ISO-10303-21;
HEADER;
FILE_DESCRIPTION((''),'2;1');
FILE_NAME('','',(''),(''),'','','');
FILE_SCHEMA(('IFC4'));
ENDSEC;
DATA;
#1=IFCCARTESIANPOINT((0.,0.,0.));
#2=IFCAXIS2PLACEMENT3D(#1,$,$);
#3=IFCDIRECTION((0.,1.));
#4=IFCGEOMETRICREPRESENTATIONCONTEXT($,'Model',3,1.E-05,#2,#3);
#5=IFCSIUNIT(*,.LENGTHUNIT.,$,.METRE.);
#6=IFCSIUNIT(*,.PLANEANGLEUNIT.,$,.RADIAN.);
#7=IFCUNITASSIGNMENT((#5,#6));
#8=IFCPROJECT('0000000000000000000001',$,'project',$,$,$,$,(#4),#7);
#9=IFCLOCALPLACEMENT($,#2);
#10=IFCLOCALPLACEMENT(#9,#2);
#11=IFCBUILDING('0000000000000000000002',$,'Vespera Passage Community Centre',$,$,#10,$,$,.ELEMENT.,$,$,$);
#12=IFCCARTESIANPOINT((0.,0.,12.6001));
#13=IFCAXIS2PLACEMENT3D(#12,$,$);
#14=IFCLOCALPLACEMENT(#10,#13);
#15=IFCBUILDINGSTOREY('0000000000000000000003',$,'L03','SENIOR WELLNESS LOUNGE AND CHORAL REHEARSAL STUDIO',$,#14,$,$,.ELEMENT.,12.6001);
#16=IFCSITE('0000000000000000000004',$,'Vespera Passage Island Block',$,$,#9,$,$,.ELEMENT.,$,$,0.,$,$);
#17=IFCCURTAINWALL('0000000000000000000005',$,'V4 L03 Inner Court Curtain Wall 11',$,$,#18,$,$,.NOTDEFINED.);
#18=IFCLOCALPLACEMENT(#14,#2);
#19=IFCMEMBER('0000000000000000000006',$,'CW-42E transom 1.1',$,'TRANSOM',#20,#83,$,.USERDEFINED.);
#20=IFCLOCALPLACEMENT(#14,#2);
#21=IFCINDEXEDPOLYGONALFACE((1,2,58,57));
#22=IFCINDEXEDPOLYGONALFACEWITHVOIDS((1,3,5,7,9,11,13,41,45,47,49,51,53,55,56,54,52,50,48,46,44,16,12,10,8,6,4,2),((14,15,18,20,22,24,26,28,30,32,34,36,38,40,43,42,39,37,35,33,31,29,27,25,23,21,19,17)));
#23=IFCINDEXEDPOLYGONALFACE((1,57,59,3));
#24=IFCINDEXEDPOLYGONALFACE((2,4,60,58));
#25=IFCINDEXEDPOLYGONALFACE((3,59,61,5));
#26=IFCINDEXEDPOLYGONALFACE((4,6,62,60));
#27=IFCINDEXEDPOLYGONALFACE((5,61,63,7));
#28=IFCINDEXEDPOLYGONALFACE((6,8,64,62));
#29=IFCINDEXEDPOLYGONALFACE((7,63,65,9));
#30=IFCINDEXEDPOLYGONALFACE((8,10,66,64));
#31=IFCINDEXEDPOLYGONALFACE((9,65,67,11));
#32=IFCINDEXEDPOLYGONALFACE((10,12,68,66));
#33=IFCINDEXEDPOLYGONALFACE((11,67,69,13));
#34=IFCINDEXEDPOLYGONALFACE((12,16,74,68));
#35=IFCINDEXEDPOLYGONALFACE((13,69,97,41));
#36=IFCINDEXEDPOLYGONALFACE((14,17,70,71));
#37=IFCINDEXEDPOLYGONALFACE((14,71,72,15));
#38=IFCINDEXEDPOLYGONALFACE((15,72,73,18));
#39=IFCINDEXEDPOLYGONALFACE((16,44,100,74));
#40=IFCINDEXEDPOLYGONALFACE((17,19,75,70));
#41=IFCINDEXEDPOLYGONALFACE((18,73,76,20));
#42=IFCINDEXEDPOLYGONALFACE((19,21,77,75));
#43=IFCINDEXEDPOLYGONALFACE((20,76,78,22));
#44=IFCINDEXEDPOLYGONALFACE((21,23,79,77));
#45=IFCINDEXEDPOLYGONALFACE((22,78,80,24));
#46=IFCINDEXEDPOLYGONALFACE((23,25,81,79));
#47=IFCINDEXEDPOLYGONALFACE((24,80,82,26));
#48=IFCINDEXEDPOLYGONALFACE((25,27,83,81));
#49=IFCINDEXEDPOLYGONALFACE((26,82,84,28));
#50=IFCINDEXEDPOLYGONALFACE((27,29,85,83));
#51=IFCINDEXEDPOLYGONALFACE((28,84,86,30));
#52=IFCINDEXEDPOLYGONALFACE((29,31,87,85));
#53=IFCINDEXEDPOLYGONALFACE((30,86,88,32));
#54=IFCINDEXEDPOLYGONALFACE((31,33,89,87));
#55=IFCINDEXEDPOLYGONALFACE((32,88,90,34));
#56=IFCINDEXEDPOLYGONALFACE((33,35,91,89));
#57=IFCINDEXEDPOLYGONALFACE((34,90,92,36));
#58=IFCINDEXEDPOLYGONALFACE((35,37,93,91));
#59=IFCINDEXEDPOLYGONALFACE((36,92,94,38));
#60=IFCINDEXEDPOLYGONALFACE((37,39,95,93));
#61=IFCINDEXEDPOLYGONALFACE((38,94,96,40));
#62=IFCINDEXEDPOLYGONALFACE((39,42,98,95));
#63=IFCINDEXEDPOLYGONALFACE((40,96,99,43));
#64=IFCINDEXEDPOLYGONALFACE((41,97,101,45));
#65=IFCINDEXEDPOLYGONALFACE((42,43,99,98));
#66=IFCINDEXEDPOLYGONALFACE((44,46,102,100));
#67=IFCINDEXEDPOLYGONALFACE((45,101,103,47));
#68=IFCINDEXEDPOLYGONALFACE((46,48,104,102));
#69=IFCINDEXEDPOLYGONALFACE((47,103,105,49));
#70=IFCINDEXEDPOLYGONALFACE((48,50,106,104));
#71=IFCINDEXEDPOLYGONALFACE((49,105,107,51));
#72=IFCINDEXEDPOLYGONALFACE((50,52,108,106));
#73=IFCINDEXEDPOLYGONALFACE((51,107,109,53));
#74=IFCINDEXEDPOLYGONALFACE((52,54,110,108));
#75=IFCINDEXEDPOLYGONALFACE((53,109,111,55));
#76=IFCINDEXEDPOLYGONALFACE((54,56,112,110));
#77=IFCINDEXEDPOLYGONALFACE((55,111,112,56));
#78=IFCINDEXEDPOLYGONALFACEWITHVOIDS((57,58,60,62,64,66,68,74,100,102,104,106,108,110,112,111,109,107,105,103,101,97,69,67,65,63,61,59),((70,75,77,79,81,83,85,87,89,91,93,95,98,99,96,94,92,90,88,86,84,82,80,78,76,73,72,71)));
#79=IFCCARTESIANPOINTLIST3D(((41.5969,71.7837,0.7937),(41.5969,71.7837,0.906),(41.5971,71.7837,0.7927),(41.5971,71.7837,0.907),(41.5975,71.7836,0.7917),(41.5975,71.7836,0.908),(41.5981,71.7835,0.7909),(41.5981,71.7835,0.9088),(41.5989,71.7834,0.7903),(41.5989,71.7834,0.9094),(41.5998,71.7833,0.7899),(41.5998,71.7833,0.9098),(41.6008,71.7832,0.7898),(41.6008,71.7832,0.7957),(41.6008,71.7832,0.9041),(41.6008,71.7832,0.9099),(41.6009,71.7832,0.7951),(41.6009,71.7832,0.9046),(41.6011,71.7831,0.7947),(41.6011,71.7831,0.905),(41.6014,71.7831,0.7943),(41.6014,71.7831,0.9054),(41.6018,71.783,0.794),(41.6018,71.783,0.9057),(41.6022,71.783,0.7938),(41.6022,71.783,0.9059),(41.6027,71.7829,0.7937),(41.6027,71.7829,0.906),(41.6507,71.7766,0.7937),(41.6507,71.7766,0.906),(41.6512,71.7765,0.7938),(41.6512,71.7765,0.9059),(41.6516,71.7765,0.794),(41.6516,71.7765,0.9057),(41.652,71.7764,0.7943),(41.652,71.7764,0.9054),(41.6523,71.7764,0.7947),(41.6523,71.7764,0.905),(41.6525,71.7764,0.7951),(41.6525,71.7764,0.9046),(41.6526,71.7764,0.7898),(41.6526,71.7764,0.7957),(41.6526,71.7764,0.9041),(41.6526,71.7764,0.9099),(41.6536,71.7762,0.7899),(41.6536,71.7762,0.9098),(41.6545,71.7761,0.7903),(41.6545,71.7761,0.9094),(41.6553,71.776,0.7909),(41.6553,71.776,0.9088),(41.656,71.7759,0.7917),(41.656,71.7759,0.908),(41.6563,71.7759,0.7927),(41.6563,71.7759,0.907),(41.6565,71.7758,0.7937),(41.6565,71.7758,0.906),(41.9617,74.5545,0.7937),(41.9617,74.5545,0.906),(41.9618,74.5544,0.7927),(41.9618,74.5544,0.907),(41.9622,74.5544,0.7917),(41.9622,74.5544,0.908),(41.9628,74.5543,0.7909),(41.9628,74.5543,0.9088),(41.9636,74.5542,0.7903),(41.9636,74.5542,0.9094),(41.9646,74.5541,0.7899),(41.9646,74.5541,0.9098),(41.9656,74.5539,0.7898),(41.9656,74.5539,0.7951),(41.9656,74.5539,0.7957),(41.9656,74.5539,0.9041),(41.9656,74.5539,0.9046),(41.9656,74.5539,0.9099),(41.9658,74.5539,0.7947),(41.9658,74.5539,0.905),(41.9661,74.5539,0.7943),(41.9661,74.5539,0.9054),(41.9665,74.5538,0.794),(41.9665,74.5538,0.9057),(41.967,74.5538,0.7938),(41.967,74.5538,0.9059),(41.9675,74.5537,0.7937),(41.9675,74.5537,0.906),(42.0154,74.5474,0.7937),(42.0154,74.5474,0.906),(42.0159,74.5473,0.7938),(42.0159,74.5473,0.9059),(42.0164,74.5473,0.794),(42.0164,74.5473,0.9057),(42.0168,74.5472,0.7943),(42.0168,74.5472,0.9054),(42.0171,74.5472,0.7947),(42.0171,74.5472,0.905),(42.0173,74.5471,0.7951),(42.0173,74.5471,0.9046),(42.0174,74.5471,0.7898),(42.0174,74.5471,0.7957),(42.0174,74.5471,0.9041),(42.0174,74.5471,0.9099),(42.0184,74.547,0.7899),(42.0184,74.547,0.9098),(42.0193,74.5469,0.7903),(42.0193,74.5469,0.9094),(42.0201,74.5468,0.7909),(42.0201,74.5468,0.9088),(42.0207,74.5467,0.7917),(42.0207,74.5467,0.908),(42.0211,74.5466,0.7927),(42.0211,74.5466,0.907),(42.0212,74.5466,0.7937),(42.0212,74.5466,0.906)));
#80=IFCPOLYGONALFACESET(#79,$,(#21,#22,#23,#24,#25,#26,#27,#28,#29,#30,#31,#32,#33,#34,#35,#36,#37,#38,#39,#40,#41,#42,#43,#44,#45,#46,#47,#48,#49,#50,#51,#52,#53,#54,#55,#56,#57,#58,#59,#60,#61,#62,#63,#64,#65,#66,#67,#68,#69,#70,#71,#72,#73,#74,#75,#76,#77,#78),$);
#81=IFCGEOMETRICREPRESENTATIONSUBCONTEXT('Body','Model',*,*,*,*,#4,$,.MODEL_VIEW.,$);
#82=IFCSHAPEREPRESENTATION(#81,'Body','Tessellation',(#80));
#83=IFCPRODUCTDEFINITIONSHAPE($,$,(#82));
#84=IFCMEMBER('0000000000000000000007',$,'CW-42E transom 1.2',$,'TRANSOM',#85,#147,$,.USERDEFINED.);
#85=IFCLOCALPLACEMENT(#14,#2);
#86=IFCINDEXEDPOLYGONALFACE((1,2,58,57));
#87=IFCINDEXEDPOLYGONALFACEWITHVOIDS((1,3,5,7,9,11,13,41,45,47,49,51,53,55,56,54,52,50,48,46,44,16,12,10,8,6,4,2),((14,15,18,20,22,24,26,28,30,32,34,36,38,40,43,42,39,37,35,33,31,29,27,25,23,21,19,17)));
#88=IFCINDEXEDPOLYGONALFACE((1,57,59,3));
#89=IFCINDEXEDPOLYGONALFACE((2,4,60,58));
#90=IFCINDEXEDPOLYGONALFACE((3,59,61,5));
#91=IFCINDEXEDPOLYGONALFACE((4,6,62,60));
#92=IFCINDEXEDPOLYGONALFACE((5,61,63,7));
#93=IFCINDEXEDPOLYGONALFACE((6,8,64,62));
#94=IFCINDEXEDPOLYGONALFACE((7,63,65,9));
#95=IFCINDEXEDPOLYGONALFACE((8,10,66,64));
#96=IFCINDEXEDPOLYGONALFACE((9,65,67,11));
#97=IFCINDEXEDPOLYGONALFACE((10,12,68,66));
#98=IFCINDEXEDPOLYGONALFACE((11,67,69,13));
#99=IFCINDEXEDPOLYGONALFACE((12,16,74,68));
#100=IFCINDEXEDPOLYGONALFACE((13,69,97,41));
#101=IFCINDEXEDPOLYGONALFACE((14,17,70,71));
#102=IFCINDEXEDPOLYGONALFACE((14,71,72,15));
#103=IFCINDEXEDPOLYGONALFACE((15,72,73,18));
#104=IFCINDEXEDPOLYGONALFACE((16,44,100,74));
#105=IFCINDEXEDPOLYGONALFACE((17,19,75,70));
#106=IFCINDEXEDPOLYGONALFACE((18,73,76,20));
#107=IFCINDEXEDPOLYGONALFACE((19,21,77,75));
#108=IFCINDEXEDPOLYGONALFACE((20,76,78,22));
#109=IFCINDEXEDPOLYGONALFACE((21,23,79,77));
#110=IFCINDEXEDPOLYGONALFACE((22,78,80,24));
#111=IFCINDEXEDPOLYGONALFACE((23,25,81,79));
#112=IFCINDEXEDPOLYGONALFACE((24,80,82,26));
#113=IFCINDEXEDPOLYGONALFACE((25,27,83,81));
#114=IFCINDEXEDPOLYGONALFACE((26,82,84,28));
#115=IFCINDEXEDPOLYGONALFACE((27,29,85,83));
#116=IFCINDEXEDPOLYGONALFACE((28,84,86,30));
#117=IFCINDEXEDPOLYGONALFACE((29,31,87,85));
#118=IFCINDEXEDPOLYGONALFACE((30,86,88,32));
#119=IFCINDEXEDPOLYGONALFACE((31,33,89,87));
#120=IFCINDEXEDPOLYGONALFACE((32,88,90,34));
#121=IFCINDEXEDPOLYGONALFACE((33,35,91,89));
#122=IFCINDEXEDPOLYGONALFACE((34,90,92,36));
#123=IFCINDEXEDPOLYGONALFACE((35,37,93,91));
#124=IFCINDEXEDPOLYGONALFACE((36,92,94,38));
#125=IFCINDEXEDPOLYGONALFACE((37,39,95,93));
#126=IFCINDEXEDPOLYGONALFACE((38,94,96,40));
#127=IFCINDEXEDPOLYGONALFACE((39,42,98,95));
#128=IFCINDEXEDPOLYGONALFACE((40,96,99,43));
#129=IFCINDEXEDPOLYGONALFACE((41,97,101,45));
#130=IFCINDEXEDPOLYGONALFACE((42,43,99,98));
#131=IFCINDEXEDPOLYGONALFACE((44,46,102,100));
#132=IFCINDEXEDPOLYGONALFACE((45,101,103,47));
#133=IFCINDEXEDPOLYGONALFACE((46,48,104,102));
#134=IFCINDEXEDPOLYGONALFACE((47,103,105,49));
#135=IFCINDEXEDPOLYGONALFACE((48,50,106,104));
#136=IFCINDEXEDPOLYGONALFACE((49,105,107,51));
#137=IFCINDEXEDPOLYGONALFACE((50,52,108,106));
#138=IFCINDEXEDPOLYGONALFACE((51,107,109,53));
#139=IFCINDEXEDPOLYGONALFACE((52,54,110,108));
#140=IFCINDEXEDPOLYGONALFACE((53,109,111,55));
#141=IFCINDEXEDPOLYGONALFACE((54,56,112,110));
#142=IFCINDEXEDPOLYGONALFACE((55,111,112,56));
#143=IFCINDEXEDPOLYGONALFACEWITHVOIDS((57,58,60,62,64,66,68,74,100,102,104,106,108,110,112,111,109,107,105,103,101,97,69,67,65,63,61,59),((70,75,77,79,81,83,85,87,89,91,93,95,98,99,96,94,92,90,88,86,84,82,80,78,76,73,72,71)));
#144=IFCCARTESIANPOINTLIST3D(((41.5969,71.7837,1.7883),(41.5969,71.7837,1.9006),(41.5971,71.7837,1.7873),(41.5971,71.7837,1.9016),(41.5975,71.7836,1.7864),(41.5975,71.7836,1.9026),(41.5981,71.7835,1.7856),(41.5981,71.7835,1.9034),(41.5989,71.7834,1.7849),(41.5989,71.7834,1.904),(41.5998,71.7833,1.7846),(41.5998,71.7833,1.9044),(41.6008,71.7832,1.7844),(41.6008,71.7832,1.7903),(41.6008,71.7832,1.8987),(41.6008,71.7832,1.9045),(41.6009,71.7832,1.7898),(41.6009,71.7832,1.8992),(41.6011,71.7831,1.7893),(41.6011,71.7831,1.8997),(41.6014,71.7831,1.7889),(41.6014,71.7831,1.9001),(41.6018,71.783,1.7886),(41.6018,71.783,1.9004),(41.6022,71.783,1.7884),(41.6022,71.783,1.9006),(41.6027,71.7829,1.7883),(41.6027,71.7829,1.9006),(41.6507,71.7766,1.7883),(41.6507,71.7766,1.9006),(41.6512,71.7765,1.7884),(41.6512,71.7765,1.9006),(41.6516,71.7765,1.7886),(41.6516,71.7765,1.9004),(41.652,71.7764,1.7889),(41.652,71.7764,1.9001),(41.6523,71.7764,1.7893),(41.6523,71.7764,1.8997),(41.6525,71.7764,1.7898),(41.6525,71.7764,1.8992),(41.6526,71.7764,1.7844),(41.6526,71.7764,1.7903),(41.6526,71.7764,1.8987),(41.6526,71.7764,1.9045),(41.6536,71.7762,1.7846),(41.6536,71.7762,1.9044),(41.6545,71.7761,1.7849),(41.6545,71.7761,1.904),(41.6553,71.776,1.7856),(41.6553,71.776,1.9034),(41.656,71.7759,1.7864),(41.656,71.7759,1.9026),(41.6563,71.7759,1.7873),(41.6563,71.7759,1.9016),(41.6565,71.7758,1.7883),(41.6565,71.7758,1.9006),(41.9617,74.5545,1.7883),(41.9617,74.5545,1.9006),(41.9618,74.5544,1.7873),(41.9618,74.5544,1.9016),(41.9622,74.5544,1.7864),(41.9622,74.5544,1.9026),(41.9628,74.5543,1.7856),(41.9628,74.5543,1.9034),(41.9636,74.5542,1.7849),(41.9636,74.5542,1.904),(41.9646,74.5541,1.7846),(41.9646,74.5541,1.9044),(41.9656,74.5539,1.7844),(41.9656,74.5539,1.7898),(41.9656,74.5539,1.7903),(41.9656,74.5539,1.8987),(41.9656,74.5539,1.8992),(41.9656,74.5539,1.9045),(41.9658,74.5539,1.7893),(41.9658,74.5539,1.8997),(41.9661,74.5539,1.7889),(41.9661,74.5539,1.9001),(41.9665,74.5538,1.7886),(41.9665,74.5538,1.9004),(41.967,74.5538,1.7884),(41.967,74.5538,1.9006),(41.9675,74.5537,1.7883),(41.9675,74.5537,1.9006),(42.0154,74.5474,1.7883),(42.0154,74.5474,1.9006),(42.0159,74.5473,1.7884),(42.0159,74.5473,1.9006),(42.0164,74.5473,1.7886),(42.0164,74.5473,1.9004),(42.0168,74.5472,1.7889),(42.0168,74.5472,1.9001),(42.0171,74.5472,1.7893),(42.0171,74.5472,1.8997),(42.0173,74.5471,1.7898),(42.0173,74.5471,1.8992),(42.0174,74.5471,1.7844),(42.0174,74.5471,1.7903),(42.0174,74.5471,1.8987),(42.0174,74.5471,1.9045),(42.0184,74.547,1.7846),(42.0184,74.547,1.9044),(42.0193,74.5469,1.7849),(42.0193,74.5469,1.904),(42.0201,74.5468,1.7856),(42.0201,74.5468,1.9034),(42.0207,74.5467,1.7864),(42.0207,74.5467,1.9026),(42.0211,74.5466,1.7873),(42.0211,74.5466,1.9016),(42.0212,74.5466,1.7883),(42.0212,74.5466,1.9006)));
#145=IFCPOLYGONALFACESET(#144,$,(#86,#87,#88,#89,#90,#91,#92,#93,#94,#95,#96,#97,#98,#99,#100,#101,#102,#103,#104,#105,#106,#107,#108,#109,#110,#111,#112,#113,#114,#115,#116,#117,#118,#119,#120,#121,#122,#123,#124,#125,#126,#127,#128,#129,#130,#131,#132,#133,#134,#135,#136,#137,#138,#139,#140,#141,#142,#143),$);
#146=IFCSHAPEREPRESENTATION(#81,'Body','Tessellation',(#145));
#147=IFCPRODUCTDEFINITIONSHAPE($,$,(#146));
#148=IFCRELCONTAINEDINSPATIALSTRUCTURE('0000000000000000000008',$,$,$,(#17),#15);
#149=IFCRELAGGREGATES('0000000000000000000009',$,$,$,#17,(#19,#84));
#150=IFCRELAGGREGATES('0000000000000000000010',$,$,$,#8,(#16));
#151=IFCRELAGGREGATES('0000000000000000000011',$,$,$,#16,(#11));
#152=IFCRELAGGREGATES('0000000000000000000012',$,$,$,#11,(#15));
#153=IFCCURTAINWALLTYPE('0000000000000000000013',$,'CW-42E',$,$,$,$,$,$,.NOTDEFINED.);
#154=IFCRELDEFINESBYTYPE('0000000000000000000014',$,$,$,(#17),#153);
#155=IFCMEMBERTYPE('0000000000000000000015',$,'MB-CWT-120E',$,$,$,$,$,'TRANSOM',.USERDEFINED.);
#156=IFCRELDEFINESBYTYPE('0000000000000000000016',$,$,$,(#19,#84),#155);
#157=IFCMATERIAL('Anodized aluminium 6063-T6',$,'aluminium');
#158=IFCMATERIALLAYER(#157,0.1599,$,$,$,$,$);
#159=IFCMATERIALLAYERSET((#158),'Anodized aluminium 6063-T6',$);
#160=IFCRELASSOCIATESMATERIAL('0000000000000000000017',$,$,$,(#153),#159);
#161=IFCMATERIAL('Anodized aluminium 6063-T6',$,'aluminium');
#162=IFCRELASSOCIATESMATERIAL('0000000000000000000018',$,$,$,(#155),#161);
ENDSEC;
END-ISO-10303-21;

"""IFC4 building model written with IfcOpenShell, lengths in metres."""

from ifc_helpers import new_model, si_unit, direction, frame, origin, origin_2d, place, context, subcontext, project, spatial, hollow_rectangle, extrude, material, layer, layer_set, material_profile, profile_set, type_object, element, aggregate, save


model = new_model("IFC4")

# Units and contexts
model_context = context("Model", 3, precision=1e-05, world=origin(), true_north=direction((0.0, 1.0)))
body_context = subcontext(model_context, "Body", "Model", "MODEL_VIEW")
ifc_project = project(units=[si_unit("LENGTHUNIT", "METRE"), si_unit("PLANEANGLEUNIT", "RADIAN")], contexts=[model_context])

# Site, building, storey
site_placement = place(None, origin())
site = spatial("IfcSite", under=ifc_project, at=site_placement, Name="Vespera Passage Island Block", CompositionType="ELEMENT", RefElevation=0.0)
building_placement = place(site_placement, origin())
building = spatial("IfcBuilding", under=site, at=building_placement, Name="Vespera Passage Community Centre", CompositionType="ELEMENT")
storey_placement = place(building_placement, frame((0.0, 0.0, 12.6001)))
storey = spatial("IfcBuildingStorey", under=building, at=storey_placement, Name="L03", Description="SENIOR WELLNESS LOUNGE AND CHORAL REHEARSAL STUDIO", CompositionType="ELEMENT", Elevation=12.6001)

# Curtain wall
ifc_material_1 = material(Name="Anodized aluminium 6063-T6", Category="aluminium")
ifc_layer_1 = layer(ifc_material_1, 0.1599)
ifc_layer_set_1 = layer_set([ifc_layer_1], Name="Anodized aluminium 6063-T6")
curtain_wall_type_1 = type_object("IfcCurtainWallType", Name="CW-42E", PredefinedType="NOTDEFINED", material=ifc_layer_set_1)
curtain_wall_1_placement = place(storey_placement, origin())
curtain_wall_1 = element("IfcCurtainWall", 1, at=curtain_wall_1_placement, inside=storey, type_object=curtain_wall_type_1, Name="V4 L03 Inner Court Curtain Wall 11", PredefinedType="NOTDEFINED")

# Members
ifc_material_2 = material(Name="Anodized aluminium 6063-T6", Category="aluminium")
ifc_material_profile_1 = material_profile(ifc_material_2, hollow_rectangle(XDim=0.0601, YDim=0.1201, WallThickness=0.0039, InnerFilletRadius=0.002, OuterFilletRadius=0.0039, at=origin_2d()), Name="ALU120X60X4")
ifc_profile_set_1 = profile_set([ifc_material_profile_1], Name="Anodized aluminium 6063-T6")
member_type_1 = type_object("IfcMemberType", Name="MB-CWT-120E", ElementType="TRANSOM", PredefinedType="USERDEFINED", material=ifc_profile_set_1)
member_1_placement = place(storey_placement, frame((41.9915, 74.5505, 0.8499), z_axis=(-0.130516, -0.991446, 0.0), x_axis=(0.991446, -0.130516, 0.0)))
member_1 = element("IfcMember", 2, at=member_1_placement, type_object=member_type_1, Name="CW-42E transom 1.1", ObjectType="TRANSOM", PredefinedType="USERDEFINED", context=body_context, shape_type="SweptSolid", body=[
    extrude(hollow_rectangle(XDim=0.0601, YDim=0.1201, WallThickness=0.0039, InnerFilletRadius=0.002, OuterFilletRadius=0.0039, at=origin_2d()), origin(), (0.0, 0.0, 1.0), 2.7947),
])
member_2_placement = place(storey_placement, frame((41.9915, 74.5505, 1.8445), z_axis=(-0.130516, -0.991446, 0.0), x_axis=(0.991446, -0.130516, 0.0)))
member_2 = element("IfcMember", 3, at=member_2_placement, type_object=member_type_1, Name="CW-42E transom 1.2", ObjectType="TRANSOM", PredefinedType="USERDEFINED", context=body_context, shape_type="SweptSolid", body=[
    extrude(hollow_rectangle(XDim=0.0601, YDim=0.1201, WallThickness=0.0039, InnerFilletRadius=0.002, OuterFilletRadius=0.0039, at=origin_2d()), origin(), (0.0, 0.0, 1.0), 2.7947),
])

aggregate(curtain_wall_1, [member_1, member_2])

save(model, "model.ifc")
